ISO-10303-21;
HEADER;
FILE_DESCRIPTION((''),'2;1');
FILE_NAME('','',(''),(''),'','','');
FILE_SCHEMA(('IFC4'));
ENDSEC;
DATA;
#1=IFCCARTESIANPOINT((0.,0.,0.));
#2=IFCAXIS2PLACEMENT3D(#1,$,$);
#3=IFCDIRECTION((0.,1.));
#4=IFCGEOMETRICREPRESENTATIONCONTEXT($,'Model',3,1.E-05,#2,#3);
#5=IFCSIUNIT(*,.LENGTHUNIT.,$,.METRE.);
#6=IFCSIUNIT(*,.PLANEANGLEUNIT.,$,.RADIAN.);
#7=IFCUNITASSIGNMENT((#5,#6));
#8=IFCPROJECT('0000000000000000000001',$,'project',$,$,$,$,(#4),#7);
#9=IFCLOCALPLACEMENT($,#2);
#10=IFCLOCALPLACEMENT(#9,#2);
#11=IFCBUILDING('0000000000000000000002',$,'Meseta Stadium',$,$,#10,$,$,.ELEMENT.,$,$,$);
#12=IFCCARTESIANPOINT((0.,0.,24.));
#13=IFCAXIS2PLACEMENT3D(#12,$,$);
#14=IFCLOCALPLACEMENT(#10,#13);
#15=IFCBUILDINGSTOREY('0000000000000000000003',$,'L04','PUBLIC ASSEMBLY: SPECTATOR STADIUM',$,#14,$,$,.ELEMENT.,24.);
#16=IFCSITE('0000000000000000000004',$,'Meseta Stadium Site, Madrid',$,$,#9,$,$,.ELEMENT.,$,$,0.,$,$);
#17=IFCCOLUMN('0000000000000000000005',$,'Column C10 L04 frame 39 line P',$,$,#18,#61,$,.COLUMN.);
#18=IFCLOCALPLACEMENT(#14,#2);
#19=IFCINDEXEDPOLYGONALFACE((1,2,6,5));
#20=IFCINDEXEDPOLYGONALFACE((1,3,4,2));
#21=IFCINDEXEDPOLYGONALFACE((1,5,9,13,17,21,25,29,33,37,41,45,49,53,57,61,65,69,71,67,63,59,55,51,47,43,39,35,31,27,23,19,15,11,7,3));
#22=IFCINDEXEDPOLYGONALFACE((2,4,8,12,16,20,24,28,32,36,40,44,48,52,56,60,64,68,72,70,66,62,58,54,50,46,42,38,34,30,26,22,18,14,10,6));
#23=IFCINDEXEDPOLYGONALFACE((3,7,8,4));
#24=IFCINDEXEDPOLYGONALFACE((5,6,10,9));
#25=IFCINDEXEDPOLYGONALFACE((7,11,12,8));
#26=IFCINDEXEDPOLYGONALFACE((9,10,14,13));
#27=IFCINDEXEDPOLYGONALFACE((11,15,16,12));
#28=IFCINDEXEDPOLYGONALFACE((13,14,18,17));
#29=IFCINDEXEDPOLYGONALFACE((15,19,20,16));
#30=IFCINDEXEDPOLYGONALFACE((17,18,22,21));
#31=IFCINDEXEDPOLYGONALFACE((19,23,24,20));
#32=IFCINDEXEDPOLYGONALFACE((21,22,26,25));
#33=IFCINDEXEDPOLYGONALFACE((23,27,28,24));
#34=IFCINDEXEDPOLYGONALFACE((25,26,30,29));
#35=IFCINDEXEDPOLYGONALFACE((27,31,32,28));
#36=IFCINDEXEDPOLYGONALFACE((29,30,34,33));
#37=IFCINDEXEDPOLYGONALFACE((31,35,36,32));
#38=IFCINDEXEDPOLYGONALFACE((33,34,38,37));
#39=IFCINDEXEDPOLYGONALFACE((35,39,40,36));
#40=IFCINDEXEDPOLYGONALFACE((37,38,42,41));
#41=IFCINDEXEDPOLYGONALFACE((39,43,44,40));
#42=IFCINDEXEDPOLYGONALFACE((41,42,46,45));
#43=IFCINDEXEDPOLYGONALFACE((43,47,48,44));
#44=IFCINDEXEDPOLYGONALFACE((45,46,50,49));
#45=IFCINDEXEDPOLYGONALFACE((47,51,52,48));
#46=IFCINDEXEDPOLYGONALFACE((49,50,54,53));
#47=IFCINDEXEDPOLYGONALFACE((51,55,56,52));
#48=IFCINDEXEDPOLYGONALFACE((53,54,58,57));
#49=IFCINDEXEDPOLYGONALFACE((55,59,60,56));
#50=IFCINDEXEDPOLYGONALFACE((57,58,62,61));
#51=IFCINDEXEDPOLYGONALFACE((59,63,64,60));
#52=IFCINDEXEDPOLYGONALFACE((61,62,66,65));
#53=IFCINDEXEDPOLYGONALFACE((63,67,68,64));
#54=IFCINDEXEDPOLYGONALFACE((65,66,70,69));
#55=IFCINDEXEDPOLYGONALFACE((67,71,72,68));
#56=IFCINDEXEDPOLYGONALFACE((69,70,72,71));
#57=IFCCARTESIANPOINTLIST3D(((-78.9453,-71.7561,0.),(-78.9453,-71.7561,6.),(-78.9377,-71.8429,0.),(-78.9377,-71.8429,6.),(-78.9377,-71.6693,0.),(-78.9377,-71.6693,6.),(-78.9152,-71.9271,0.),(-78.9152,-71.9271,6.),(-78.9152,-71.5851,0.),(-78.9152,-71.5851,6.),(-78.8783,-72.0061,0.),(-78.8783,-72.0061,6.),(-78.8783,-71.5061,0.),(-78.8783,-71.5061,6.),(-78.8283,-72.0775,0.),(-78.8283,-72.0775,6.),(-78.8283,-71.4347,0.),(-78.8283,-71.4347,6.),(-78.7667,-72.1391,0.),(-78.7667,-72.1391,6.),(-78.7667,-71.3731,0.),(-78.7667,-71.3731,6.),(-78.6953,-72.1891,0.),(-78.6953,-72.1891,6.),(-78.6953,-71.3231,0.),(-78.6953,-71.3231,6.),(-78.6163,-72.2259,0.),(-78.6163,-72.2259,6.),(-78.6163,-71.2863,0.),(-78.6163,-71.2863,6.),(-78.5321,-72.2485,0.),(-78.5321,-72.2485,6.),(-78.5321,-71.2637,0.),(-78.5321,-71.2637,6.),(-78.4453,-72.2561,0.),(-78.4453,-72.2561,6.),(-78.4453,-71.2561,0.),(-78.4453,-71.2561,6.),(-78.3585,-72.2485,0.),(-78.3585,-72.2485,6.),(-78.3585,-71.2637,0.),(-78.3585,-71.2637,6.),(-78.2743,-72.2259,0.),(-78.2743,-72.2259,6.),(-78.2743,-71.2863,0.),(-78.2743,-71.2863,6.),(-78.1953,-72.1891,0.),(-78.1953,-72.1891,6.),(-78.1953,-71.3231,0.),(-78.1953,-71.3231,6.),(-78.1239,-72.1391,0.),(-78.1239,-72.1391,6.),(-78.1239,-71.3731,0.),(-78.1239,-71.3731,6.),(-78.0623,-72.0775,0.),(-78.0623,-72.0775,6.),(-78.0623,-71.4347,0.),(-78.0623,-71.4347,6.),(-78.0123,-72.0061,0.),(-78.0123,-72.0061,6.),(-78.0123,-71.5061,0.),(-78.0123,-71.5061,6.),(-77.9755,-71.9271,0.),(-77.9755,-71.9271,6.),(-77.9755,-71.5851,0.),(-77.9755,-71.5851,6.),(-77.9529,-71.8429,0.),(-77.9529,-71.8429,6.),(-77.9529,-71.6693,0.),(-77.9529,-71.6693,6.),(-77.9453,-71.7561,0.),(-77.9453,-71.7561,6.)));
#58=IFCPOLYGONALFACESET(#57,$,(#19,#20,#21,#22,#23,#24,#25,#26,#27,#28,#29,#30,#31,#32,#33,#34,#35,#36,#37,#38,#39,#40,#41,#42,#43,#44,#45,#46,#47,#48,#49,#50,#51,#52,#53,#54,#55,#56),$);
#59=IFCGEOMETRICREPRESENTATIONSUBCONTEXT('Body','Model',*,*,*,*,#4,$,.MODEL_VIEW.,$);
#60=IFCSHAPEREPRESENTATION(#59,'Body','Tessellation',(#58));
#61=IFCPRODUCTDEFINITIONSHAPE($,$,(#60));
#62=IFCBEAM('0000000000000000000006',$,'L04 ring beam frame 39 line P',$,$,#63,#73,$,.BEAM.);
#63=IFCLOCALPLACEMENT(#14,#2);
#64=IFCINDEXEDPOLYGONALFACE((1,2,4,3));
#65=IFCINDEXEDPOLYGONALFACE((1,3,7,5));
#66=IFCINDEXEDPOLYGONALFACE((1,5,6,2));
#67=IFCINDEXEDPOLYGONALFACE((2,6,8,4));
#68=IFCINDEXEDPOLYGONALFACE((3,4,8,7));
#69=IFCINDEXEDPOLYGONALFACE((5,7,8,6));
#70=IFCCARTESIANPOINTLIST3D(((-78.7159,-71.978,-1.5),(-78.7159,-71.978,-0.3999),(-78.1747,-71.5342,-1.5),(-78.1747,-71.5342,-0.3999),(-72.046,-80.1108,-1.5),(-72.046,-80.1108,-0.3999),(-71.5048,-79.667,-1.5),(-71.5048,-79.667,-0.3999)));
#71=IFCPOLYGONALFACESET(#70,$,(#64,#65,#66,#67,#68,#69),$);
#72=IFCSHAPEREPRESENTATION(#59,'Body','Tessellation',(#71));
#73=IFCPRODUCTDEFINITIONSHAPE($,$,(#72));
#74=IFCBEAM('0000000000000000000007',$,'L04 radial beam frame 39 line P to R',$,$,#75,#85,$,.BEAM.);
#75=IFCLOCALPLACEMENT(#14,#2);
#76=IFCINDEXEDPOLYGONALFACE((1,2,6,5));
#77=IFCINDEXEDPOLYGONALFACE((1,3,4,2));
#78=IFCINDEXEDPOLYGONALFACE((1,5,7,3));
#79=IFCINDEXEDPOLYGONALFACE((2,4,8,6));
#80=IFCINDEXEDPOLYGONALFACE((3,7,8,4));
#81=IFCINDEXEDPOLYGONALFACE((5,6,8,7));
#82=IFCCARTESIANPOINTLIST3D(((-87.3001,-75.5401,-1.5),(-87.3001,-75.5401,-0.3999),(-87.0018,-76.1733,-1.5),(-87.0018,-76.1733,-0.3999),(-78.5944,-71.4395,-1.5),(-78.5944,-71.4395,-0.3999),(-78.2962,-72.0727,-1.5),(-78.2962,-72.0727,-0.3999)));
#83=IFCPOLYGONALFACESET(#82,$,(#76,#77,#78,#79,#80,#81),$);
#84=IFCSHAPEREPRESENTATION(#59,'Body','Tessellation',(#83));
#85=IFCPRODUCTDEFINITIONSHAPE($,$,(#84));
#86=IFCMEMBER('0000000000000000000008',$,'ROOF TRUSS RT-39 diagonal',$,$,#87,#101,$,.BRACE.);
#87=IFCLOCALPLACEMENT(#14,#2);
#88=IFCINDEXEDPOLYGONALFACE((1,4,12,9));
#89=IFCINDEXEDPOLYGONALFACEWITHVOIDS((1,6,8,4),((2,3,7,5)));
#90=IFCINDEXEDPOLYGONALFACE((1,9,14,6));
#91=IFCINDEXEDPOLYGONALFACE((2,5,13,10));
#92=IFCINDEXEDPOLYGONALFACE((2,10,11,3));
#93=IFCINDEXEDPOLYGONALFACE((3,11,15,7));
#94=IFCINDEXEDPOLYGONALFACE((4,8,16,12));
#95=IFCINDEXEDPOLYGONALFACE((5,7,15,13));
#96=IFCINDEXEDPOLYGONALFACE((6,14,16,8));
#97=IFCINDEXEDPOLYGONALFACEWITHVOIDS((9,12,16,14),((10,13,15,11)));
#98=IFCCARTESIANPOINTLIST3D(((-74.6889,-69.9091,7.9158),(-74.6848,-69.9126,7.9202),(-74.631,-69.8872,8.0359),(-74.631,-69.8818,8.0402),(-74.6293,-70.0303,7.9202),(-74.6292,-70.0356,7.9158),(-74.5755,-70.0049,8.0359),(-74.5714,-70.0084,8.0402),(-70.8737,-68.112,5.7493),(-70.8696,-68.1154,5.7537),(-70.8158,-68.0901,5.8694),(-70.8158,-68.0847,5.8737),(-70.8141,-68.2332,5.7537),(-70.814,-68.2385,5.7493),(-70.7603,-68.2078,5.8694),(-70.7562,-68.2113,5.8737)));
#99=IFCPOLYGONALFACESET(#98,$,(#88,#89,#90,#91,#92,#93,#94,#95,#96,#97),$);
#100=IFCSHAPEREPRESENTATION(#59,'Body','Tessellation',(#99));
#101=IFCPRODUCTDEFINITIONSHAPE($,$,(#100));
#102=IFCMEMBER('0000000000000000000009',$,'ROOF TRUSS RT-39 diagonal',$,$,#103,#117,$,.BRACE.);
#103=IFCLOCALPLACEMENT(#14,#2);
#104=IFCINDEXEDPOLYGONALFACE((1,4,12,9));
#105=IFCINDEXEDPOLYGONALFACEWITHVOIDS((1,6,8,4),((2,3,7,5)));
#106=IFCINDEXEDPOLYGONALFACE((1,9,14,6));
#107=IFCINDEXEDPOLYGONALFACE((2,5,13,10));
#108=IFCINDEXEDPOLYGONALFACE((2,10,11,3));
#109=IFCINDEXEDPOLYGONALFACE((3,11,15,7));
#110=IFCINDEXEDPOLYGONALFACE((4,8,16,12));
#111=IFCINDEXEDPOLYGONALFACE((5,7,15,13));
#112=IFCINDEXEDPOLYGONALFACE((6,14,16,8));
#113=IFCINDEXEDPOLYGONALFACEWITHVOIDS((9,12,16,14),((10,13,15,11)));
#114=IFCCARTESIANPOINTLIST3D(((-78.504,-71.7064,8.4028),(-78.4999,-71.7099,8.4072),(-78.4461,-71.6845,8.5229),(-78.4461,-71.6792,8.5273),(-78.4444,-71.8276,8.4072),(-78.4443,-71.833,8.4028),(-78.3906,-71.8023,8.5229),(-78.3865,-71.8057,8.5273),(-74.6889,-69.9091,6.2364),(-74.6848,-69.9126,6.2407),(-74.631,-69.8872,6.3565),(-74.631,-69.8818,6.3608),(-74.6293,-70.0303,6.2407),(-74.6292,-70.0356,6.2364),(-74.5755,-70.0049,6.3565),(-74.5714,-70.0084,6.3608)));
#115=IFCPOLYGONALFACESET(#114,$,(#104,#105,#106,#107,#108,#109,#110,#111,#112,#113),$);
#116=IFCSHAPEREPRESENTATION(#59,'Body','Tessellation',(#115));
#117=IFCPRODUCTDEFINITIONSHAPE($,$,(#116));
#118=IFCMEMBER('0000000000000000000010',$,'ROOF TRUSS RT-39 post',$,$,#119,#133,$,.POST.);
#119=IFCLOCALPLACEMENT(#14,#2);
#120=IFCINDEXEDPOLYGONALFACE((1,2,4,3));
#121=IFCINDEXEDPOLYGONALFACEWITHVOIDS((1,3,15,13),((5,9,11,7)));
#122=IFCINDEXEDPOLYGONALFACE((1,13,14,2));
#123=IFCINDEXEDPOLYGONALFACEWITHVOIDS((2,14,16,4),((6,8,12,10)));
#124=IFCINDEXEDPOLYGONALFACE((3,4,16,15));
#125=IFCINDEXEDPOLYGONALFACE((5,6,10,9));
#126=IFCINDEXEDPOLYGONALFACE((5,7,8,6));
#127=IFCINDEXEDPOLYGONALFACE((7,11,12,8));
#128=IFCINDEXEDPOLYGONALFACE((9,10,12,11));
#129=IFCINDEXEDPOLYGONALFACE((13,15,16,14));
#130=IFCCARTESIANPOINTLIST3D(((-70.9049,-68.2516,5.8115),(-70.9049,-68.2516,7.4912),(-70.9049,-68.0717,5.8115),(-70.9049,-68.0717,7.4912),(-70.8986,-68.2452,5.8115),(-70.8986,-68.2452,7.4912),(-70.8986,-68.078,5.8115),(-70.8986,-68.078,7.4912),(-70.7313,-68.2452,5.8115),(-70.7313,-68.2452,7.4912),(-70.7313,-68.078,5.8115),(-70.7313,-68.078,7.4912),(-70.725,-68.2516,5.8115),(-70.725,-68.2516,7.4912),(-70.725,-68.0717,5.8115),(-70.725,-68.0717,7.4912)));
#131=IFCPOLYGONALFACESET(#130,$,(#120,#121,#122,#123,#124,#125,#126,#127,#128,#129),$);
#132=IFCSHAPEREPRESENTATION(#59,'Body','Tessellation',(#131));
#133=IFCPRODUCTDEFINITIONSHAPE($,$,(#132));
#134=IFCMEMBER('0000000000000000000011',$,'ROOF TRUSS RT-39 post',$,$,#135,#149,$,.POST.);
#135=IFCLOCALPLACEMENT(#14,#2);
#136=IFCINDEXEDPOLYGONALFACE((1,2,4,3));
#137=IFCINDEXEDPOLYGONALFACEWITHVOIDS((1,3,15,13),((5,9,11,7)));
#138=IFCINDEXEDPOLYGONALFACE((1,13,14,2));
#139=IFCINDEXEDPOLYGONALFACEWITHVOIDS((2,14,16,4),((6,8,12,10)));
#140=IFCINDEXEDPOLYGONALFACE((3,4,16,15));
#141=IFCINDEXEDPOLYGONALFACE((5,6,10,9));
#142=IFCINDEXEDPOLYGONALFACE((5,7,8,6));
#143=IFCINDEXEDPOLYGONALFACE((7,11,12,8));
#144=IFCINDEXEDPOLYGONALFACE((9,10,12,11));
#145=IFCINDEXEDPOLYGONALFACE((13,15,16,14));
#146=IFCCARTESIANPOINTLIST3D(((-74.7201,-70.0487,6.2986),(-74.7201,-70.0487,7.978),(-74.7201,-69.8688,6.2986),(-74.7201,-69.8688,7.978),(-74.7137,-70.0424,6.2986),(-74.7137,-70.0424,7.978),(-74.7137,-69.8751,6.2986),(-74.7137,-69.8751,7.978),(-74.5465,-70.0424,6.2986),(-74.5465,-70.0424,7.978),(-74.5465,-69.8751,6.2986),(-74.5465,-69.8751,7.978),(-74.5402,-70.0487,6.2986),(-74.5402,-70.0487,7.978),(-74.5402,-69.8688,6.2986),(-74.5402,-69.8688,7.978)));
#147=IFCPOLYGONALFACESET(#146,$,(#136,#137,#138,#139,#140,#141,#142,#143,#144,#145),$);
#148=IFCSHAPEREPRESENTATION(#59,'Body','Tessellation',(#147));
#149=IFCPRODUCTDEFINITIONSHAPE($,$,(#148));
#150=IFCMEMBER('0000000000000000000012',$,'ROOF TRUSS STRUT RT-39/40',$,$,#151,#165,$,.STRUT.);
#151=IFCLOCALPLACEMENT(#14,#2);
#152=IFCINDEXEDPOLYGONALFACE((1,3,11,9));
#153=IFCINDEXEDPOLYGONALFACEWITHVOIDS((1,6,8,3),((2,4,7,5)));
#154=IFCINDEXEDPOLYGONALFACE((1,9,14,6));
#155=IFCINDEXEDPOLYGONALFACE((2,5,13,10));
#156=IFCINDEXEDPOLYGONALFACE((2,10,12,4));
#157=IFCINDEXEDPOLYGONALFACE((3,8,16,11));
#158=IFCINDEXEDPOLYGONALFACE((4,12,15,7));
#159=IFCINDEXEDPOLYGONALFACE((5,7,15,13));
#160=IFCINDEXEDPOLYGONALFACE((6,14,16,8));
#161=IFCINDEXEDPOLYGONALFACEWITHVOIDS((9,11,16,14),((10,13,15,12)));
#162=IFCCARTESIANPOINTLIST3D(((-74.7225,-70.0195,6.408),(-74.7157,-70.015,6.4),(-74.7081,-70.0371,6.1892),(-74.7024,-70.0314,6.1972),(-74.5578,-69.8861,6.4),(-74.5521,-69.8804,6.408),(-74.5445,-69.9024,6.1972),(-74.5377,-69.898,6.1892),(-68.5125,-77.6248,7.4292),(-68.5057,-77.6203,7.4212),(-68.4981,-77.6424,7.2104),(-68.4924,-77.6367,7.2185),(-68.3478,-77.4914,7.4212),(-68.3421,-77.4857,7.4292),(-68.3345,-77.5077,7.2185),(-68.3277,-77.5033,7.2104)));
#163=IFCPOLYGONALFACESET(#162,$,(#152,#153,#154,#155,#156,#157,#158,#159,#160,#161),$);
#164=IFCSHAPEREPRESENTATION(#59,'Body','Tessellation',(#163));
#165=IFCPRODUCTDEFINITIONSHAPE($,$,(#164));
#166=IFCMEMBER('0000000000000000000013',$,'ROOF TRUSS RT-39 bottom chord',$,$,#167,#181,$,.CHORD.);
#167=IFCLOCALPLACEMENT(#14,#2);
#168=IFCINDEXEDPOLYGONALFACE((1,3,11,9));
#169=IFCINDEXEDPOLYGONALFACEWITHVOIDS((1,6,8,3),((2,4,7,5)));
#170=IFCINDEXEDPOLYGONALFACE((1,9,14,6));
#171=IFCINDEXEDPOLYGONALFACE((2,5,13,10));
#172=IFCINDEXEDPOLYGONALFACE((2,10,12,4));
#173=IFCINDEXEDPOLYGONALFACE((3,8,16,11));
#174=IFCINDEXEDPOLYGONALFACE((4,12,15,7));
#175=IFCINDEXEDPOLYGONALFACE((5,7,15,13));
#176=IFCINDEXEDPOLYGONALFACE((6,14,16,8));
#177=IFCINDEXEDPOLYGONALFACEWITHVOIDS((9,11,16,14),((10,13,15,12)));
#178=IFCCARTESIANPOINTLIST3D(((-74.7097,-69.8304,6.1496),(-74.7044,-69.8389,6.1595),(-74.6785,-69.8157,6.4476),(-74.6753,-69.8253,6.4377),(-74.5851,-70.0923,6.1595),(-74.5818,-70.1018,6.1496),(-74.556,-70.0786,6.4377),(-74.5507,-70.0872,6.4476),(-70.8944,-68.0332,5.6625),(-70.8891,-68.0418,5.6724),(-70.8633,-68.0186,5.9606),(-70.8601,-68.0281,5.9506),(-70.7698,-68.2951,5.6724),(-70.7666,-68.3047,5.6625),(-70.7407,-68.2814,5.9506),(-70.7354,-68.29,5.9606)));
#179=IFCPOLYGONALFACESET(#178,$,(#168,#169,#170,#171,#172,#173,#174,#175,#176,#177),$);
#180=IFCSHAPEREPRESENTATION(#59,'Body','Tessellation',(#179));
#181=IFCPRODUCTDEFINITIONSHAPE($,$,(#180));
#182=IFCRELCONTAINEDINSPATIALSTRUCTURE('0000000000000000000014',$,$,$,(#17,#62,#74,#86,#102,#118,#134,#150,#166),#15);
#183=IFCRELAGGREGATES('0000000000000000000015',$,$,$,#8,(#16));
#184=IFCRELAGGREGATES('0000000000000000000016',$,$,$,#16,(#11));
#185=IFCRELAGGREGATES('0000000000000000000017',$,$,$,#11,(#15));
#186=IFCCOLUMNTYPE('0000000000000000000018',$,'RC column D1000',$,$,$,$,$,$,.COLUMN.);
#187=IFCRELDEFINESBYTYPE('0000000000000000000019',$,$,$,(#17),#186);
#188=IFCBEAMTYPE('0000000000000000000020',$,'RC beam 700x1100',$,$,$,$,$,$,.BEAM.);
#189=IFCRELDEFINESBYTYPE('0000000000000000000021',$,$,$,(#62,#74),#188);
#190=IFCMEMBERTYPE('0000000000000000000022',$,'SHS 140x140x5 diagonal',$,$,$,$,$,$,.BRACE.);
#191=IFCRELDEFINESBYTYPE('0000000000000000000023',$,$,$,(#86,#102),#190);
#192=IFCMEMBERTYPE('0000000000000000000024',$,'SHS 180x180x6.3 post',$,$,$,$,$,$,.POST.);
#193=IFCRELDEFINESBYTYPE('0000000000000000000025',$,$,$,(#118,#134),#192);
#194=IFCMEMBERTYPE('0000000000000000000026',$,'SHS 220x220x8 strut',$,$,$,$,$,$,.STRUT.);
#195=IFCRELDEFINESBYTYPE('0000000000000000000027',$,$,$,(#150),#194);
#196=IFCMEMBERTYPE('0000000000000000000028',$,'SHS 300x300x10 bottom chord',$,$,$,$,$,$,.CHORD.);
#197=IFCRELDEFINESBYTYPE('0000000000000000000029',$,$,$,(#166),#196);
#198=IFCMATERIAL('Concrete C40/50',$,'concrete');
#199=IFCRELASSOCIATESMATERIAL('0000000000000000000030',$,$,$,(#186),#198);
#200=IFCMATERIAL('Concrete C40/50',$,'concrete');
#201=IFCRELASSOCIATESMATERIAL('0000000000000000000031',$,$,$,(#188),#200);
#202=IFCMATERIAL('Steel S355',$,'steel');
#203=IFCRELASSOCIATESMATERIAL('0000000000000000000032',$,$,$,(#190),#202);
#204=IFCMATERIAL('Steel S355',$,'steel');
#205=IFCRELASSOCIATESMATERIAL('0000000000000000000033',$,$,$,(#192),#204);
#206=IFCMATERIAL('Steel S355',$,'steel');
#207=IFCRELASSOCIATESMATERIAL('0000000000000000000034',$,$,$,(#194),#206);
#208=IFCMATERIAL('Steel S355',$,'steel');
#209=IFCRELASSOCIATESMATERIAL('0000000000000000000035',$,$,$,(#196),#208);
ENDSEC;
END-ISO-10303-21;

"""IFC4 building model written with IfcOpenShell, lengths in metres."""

from ifc_helpers import new_model, si_unit, direction, frame, origin, origin_2d, place, context, subcontext, project, spatial, rectangle, hollow_rectangle, circle, extrude, material, material_profile, profile_set, type_object, element, save


model = new_model("IFC4")

# Units and contexts
model_context = context("Model", 3, precision=1e-05, world=origin(), true_north=direction((0.0, 1.0)))
body_context = subcontext(model_context, "Body", "Model", "MODEL_VIEW")
ifc_project = project(units=[si_unit("LENGTHUNIT", "METRE"), si_unit("PLANEANGLEUNIT", "RADIAN")], contexts=[model_context])

# Site, building, storey
site_placement = place(None, origin())
site = spatial("IfcSite", under=ifc_project, at=site_placement, Name="Meseta Stadium Site, Madrid", CompositionType="ELEMENT", RefElevation=0.0)
building_placement = place(site_placement, origin())
building = spatial("IfcBuilding", under=site, at=building_placement, Name="Meseta Stadium", CompositionType="ELEMENT")
storey_placement = place(building_placement, frame((0.0, 0.0, 24.0)))
storey = spatial("IfcBuildingStorey", under=building, at=storey_placement, Name="L04", Description="PUBLIC ASSEMBLY: SPECTATOR STADIUM", CompositionType="ELEMENT", Elevation=24.0)

# Column
ifc_material_1 = material(Name="Concrete C40/50", Category="concrete")
ifc_material_profile_1 = material_profile(ifc_material_1, circle(Radius=0.5, at=origin_2d()), Name="RC D1000")
ifc_profile_set_1 = profile_set([ifc_material_profile_1], Name="Concrete C40/50")
column_type = type_object("IfcColumnType", Name="RC column D1000", PredefinedType="COLUMN", material=ifc_profile_set_1)
column_placement = place(storey_placement, frame((-78.4453, -71.7561, 0.0), z_axis=(0.0, 0.0, 1.0), x_axis=(1.0, 0.0, 0.0)))
element("IfcColumn", 1, at=column_placement, inside=storey, type_object=column_type, Name="Column C10 L04 frame 39 line P", PredefinedType="COLUMN", context=body_context, shape_type="SweptSolid", body=[
    extrude(circle(Radius=0.5, at=origin_2d()), origin(), (0.0, 0.0, 1.0), 6.0),
])

# Beams
ifc_material_2 = material(Name="Concrete C40/50", Category="concrete")
ifc_material_profile_2 = material_profile(ifc_material_2, rectangle(XDim=0.7, YDim=1.1001, at=origin_2d()), Name="RC 700x1100")
ifc_profile_set_2 = profile_set([ifc_material_profile_2], Name="Concrete C40/50")
beam_type = type_object("IfcBeamType", Name="RC beam 700x1100", PredefinedType="BEAM", material=ifc_profile_set_2)
beam_1_placement = place(storey_placement, frame((-78.4453, -71.7561, -0.95), z_axis=(0.634137, -0.77322, 0.0), x_axis=(0.77322, 0.634137, 0.0)))
element("IfcBeam", 2, at=beam_1_placement, inside=storey, type_object=beam_type, Name="L04 ring beam frame 39 line P", PredefinedType="BEAM", context=body_context, shape_type="SweptSolid", body=[
    extrude(rectangle(XDim=0.7, YDim=1.1001, at=origin_2d()), origin(), (0.0, 0.0, 1.0), 10.5181),
])
beam_2_placement = place(storey_placement, frame((-78.4453, -71.7561, -0.95), z_axis=(-0.904665, -0.426124, 0.0), x_axis=(0.426124, -0.904665, 0.0)))
element("IfcBeam", 3, at=beam_2_placement, inside=storey, type_object=beam_type, Name="L04 radial beam frame 39 line P to R", PredefinedType="BEAM", context=body_context, shape_type="SweptSolid", body=[
    extrude(rectangle(XDim=0.7, YDim=1.1001, at=origin_2d()), origin(), (0.0, 0.0, 1.0), 9.623),
])

# Members
ifc_material_3 = material(Name="Steel S355", Category="steel")
ifc_material_profile_3 = material_profile(ifc_material_3, hollow_rectangle(XDim=0.1399, YDim=0.1399, WallThickness=0.0049, at=origin_2d()), Name="SHS 140x140x5")
ifc_profile_set_3 = profile_set([ifc_material_profile_3], Name="Steel S355")
member_type_1 = type_object("IfcMemberType", Name="SHS 140x140x5 diagonal", PredefinedType="BRACE", material=ifc_profile_set_3)
for number, where, z_axis, x_axis, name in (
    (4, (-70.8149, -68.1616, 5.8115), (-0.804687, -0.379043, 0.456952), (0.426134, -0.90466, 0.0), "ROOF TRUSS RT-39 diagonal"),
    (5, (-74.6301, -69.9587, 6.2986), (-0.804671, -0.379087, 0.456943), (0.426182, -0.904638, 0.0), "ROOF TRUSS RT-39 diagonal"),
):
    element("IfcMember", number, at=place(storey_placement, frame(where, z_axis=z_axis, x_axis=x_axis)), inside=storey, type_object=member_type_1, Name=name, PredefinedType="BRACE", context=body_context, shape_type="SweptSolid", body=[
        extrude(hollow_rectangle(XDim=0.1399, YDim=0.1399, WallThickness=0.0049, at=origin_2d()), origin(), (0.0, 0.0, 1.0), 4.7412),
    ])
ifc_material_4 = material(Name="Steel S355", Category="steel")
ifc_material_profile_4 = material_profile(ifc_material_4, hollow_rectangle(XDim=0.1799, YDim=0.1799, WallThickness=0.0063, at=origin_2d()), Name="SHS 180x180x6.3")
ifc_profile_set_4 = profile_set([ifc_material_profile_4], Name="Steel S355")
member_type_2 = type_object("IfcMemberType", Name="SHS 180x180x6.3 post", PredefinedType="POST", material=ifc_profile_set_4)
member_1_placement = place(storey_placement, frame((-70.8149, -68.1616, 5.8115), z_axis=(0.0, 0.0, 1.0), x_axis=(1.0, 0.0, 0.0)))
element("IfcMember", 6, at=member_1_placement, inside=storey, type_object=member_type_2, Name="ROOF TRUSS RT-39 post", PredefinedType="POST", context=body_context, shape_type="SweptSolid", body=[
    extrude(hollow_rectangle(XDim=0.1799, YDim=0.1799, WallThickness=0.0063, at=origin_2d()), origin(), (0.0, 0.0, 1.0), 1.6797),
])
member_2_placement = place(storey_placement, frame((-74.6301, -69.9587, 6.2986), z_axis=(0.0, 0.0, 1.0), x_axis=(1.0, 0.0, 0.0)))
element("IfcMember", 7, at=member_2_placement, inside=storey, type_object=member_type_2, Name="ROOF TRUSS RT-39 post", PredefinedType="POST", context=body_context, shape_type="SweptSolid", body=[
    extrude(hollow_rectangle(XDim=0.1799, YDim=0.1799, WallThickness=0.0063, at=origin_2d()), origin(), (0.0, 0.0, 1.0), 1.6794),
])
ifc_material_5 = material(Name="Steel S355", Category="steel")
ifc_material_profile_5 = material_profile(ifc_material_5, hollow_rectangle(XDim=0.22, YDim=0.22, WallThickness=0.0081, at=origin_2d()), Name="SHS 220x220x8")
ifc_profile_set_5 = profile_set([ifc_material_profile_5], Name="Steel S355")
member_type_3 = type_object("IfcMemberType", Name="SHS 220x220x8 strut", PredefinedType="STRUT", material=ifc_profile_set_5)
member_3_placement = place(storey_placement, frame((-74.6301, -69.9587, 6.2986), z_axis=(0.629081, -0.770424, 0.103454), x_axis=(0.774581, 0.632475, 0.0)))
element("IfcMember", 8, at=member_3_placement, inside=storey, type_object=member_type_3, Name="ROOF TRUSS STRUT RT-39/40", PredefinedType="STRUT", context=body_context, shape_type="SweptSolid", body=[
    extrude(hollow_rectangle(XDim=0.22, YDim=0.22, WallThickness=0.0081, at=origin_2d()), origin(), (0.0, 0.0, 1.0), 9.8716),
])
ifc_material_6 = material(Name="Steel S355", Category="steel")
ifc_material_profile_6 = material_profile(ifc_material_6, hollow_rectangle(XDim=0.3, YDim=0.3, WallThickness=0.01, at=origin_2d()), Name="SHS 300x300x10")
ifc_profile_set_6 = profile_set([ifc_material_profile_6], Name="Steel S355")
member_type_4 = type_object("IfcMemberType", Name="SHS 300x300x10 bottom chord", PredefinedType="CHORD", material=ifc_profile_set_6)
for number, where, z_axis, x_axis, name in (
    (9, (-70.8149, -68.1616, 5.8115), (-0.898686, -0.42332, 0.11473), (0.426134, -0.90466, 0.0), "ROOF TRUSS RT-39 bottom chord"),
):
    element("IfcMember", number, at=place(storey_placement, frame(where, z_axis=z_axis, x_axis=x_axis)), inside=storey, type_object=member_type_4, Name=name, PredefinedType="CHORD", context=body_context, shape_type="SweptSolid", body=[
        extrude(hollow_rectangle(XDim=0.3, YDim=0.3, WallThickness=0.01, at=origin_2d()), origin(), (0.0, 0.0, 1.0), 4.2454),
    ])

save(model, "model.ifc")
